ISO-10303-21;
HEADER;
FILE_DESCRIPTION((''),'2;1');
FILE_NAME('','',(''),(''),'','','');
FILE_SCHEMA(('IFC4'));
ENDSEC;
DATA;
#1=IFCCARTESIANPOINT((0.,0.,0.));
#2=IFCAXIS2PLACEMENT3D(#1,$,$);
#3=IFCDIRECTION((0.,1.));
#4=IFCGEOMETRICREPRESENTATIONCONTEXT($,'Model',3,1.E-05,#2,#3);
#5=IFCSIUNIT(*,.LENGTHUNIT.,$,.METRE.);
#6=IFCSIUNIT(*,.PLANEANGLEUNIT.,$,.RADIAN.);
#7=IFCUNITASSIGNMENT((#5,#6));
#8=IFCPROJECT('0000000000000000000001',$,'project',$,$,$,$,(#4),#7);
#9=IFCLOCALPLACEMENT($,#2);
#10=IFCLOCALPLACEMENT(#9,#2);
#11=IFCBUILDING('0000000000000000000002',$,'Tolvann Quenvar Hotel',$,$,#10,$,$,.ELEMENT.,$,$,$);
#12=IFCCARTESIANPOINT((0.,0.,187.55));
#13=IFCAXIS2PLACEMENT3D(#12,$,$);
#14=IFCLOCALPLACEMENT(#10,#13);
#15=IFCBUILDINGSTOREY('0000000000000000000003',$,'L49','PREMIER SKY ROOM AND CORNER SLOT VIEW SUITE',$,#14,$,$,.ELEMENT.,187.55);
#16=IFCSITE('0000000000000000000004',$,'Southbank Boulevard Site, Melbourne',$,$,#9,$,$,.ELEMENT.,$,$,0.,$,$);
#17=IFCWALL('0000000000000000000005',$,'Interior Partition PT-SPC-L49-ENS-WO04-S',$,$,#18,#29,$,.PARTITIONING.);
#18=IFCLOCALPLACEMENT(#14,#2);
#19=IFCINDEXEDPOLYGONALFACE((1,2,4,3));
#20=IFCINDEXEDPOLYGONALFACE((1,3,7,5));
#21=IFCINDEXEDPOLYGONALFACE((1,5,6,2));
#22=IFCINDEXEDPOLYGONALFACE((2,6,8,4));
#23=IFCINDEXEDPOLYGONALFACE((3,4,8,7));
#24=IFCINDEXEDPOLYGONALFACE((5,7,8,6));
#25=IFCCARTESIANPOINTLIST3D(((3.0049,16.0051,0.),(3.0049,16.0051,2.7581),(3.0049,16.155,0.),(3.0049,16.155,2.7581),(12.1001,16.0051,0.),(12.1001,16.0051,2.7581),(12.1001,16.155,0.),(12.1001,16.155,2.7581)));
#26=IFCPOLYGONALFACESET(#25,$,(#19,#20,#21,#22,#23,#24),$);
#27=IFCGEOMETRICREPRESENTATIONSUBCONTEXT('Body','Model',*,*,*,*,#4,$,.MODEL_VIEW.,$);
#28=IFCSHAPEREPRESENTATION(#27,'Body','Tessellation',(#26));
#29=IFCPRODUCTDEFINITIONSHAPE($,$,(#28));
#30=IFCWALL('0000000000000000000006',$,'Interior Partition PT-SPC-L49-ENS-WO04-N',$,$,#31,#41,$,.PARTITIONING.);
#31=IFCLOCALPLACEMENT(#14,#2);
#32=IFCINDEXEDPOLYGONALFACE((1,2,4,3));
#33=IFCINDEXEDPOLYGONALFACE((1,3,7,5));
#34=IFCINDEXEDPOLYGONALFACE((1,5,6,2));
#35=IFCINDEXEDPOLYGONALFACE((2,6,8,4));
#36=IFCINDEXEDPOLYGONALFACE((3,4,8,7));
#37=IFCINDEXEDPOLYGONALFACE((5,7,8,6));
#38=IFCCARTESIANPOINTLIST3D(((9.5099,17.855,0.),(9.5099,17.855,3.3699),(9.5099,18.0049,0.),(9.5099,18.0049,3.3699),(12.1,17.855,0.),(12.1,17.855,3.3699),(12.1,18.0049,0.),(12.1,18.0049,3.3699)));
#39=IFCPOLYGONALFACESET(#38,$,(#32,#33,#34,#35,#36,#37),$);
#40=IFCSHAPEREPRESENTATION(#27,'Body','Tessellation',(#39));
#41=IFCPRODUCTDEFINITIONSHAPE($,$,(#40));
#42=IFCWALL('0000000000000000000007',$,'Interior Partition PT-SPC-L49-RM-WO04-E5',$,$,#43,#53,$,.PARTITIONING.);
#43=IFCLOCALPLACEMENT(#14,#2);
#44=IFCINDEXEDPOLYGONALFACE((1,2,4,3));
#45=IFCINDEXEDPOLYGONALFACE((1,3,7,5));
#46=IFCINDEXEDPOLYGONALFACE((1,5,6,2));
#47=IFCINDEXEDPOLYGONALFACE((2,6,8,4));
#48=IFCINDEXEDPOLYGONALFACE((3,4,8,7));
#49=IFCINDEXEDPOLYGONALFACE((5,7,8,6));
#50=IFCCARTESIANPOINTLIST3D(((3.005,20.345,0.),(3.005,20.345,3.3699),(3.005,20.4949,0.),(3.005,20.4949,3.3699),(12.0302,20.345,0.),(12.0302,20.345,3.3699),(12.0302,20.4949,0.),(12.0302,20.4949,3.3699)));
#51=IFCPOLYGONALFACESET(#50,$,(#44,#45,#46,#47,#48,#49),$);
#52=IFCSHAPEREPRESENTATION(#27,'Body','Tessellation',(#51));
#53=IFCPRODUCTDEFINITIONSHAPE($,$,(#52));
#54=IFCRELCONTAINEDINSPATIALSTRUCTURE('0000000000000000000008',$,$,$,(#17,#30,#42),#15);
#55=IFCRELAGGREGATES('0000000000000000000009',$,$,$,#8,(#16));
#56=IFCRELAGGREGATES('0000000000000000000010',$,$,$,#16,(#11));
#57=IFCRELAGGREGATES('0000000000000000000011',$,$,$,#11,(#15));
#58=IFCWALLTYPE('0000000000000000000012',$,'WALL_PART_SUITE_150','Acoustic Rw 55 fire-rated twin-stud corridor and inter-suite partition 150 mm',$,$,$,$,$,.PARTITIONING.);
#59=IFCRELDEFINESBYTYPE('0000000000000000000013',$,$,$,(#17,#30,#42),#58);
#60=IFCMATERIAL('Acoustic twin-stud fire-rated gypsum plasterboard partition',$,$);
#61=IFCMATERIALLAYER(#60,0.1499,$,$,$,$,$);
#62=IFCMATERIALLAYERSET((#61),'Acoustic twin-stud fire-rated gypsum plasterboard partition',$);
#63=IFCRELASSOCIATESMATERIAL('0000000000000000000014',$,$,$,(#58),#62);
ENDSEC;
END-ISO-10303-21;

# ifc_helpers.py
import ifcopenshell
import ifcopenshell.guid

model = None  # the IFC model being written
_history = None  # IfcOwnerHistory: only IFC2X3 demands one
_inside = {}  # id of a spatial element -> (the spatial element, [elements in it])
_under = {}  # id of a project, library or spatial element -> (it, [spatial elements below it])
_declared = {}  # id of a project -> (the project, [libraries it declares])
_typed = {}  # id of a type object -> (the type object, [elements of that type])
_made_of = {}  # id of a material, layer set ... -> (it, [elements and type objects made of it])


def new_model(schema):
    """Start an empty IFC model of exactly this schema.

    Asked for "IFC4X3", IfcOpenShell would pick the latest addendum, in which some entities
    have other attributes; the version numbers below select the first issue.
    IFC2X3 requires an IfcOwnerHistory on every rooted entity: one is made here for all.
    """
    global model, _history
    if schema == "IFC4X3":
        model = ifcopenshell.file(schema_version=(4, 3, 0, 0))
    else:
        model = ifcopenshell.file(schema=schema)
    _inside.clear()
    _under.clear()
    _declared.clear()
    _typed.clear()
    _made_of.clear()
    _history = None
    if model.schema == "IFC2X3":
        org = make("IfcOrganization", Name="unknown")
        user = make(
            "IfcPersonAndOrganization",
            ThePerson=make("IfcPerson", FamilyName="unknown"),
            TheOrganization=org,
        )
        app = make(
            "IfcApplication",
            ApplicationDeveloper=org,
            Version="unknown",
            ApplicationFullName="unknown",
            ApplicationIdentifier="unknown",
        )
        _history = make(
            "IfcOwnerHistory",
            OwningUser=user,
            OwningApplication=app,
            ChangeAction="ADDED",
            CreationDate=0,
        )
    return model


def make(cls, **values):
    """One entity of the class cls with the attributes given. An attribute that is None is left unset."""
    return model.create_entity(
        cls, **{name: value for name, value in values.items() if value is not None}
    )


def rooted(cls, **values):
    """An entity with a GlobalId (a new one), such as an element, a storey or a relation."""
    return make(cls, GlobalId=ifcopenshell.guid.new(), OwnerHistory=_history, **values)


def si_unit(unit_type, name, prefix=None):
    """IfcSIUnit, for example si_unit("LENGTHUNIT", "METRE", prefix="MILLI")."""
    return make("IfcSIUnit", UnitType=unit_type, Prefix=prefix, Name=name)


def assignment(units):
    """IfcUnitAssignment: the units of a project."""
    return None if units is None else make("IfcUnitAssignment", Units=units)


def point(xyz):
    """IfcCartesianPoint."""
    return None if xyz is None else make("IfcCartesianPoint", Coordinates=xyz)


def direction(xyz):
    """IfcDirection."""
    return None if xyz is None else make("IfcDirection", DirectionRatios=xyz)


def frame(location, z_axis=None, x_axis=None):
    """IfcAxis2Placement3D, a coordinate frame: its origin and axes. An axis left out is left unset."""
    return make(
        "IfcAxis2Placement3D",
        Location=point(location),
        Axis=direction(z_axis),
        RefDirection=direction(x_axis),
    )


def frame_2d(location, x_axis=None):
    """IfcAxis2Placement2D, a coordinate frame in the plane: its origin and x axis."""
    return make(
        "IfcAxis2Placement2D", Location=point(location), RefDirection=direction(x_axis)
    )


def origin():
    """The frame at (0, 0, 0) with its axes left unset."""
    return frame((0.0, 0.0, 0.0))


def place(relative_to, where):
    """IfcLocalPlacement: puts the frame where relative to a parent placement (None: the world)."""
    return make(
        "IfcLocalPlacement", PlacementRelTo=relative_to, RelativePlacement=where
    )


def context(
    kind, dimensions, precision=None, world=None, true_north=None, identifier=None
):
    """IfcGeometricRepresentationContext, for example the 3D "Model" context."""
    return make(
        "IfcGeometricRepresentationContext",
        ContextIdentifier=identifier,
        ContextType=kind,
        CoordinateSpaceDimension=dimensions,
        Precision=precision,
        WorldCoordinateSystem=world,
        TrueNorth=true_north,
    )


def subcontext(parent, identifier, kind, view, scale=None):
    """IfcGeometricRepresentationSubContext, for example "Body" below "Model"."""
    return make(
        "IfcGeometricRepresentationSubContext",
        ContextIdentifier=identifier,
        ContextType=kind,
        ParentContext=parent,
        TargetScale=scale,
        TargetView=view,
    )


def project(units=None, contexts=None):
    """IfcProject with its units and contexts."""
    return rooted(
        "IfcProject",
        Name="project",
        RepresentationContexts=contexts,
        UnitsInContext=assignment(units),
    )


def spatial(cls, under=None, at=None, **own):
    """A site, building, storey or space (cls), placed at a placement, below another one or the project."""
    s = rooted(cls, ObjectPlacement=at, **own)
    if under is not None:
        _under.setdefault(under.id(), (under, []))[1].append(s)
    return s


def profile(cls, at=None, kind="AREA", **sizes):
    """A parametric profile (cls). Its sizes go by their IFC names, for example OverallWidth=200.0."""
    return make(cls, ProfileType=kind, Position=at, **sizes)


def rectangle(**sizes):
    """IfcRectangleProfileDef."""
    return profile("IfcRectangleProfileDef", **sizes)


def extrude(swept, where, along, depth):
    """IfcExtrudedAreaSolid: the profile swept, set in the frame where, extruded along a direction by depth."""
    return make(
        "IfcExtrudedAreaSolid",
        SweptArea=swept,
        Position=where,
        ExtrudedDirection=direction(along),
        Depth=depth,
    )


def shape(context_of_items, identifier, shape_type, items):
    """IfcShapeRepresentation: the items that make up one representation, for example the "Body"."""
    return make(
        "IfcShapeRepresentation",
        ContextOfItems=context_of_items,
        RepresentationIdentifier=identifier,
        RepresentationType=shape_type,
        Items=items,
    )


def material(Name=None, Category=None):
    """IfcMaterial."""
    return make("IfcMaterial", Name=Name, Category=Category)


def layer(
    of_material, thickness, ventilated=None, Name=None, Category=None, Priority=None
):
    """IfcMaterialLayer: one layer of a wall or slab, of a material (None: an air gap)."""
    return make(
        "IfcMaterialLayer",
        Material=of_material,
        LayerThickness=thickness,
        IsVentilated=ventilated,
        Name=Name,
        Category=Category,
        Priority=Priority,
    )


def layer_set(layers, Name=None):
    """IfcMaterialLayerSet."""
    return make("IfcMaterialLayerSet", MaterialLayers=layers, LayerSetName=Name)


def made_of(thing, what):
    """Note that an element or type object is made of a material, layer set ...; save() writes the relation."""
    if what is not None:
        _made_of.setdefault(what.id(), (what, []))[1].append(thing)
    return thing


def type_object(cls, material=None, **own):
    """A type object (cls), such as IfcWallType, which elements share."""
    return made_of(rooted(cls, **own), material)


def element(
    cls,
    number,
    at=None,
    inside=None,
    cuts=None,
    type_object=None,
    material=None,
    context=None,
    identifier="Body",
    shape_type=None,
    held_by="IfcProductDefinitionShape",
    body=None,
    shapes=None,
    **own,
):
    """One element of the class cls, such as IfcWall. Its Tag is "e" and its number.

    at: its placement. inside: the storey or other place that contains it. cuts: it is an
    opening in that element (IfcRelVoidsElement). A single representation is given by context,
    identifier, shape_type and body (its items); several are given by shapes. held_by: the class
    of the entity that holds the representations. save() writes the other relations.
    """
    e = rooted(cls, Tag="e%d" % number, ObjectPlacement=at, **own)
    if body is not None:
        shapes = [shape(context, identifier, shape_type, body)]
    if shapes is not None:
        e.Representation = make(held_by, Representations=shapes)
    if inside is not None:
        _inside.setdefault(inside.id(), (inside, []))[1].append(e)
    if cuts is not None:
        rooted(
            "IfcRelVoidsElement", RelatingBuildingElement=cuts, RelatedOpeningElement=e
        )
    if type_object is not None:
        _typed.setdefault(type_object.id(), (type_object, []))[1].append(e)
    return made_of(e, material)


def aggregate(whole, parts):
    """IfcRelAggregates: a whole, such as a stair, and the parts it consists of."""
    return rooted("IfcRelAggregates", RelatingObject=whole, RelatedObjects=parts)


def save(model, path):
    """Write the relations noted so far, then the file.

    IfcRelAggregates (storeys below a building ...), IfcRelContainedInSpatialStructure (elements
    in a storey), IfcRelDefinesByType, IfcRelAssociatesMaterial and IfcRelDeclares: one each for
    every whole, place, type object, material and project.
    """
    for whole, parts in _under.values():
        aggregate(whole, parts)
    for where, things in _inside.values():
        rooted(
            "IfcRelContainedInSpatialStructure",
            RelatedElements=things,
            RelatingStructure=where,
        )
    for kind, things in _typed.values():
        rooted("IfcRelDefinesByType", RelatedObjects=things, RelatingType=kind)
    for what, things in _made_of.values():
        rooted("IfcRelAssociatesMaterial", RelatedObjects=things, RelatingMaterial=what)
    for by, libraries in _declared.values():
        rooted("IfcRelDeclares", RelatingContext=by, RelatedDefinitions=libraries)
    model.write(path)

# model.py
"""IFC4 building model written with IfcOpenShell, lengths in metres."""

from ifc_helpers import new_model, si_unit, direction, frame, frame_2d, origin, place, context, subcontext, project, spatial, rectangle, extrude, material, layer, layer_set, type_object, element, save


model = new_model("IFC4")

# Units and contexts
model_context = context("Model", 3, precision=1e-05, world=origin(), true_north=direction((0.0, 1.0)))
body_context = subcontext(model_context, "Body", "Model", "MODEL_VIEW")
ifc_project = project(units=[si_unit("LENGTHUNIT", "METRE"), si_unit("PLANEANGLEUNIT", "RADIAN")], contexts=[model_context])

# Site, building, storey
site_placement = place(None, origin())
site = spatial("IfcSite", under=ifc_project, at=site_placement, Name="Southbank Boulevard Site, Melbourne", CompositionType="ELEMENT", RefElevation=0.0)
building_placement = place(site_placement, origin())
building = spatial("IfcBuilding", under=site, at=building_placement, Name="Tolvann Quenvar Hotel", CompositionType="ELEMENT")
storey_placement = place(building_placement, frame((0.0, 0.0, 187.55)))
storey = spatial("IfcBuildingStorey", under=building, at=storey_placement, Name="L49", Description="PREMIER SKY ROOM AND CORNER SLOT VIEW SUITE", CompositionType="ELEMENT", Elevation=187.55)

# Shared definitions
ifc_material_1 = material(Name="Acoustic twin-stud fire-rated gypsum plasterboard partition")

# Shared definitions
ifc_layer_1 = layer(ifc_material_1, 0.1499)
ifc_layer_set_1 = layer_set([ifc_layer_1], Name="Acoustic twin-stud fire-rated gypsum plasterboard partition")
wall_type_1 = type_object("IfcWallType", Name="WALL_PART_SUITE_150", Description="Acoustic Rw 55 fire-rated twin-stud corridor and inter-suite partition 150 mm", PredefinedType="PARTITIONING", material=ifc_layer_set_1)

# Walls
wall_1_placement = place(storey_placement, frame((3.0049, 16.0801, 0.0), z_axis=(0.0, 0.0, 1.0), x_axis=(1.0, 0.0, 0.0)))
element("IfcWall", 1, at=wall_1_placement, inside=storey, type_object=wall_type_1, Name="Interior Partition PT-SPC-L49-ENS-WO04-S", PredefinedType="PARTITIONING", context=body_context, shape_type="SweptSolid", body=[
    extrude(rectangle(XDim=9.0952, YDim=0.1499, at=frame_2d((4.5476, 0.0))), origin(), (0.0, 0.0, 1.0), 2.7581),
])
wall_2_placement = place(storey_placement, frame((9.51, 17.9299, 0.0), z_axis=(0.0, 0.0, 1.0), x_axis=(1.0, 0.0, 0.0)))
element("IfcWall", 2, at=wall_2_placement, inside=storey, type_object=wall_type_1, Name="Interior Partition PT-SPC-L49-ENS-WO04-N", PredefinedType="PARTITIONING", context=body_context, shape_type="SweptSolid", body=[
    extrude(rectangle(XDim=2.5901, YDim=0.1499, at=frame_2d((1.2949, 0.0))), origin(), (0.0, 0.0, 1.0), 3.3699),
])
wall_3_placement = place(storey_placement, frame((3.0049, 20.4199, 0.0), z_axis=(0.0, 0.0, 1.0), x_axis=(1.0, 0.0, 0.0)))
element("IfcWall", 3, at=wall_3_placement, inside=storey, type_object=wall_type_1, Name="Interior Partition PT-SPC-L49-RM-WO04-E5", PredefinedType="PARTITIONING", context=body_context, shape_type="SweptSolid", body=[
    extrude(rectangle(XDim=9.0251, YDim=0.1499, at=frame_2d((4.5127, 0.0))), origin(), (0.0, 0.0, 1.0), 3.3699),
])

save(model, "model.ifc")
